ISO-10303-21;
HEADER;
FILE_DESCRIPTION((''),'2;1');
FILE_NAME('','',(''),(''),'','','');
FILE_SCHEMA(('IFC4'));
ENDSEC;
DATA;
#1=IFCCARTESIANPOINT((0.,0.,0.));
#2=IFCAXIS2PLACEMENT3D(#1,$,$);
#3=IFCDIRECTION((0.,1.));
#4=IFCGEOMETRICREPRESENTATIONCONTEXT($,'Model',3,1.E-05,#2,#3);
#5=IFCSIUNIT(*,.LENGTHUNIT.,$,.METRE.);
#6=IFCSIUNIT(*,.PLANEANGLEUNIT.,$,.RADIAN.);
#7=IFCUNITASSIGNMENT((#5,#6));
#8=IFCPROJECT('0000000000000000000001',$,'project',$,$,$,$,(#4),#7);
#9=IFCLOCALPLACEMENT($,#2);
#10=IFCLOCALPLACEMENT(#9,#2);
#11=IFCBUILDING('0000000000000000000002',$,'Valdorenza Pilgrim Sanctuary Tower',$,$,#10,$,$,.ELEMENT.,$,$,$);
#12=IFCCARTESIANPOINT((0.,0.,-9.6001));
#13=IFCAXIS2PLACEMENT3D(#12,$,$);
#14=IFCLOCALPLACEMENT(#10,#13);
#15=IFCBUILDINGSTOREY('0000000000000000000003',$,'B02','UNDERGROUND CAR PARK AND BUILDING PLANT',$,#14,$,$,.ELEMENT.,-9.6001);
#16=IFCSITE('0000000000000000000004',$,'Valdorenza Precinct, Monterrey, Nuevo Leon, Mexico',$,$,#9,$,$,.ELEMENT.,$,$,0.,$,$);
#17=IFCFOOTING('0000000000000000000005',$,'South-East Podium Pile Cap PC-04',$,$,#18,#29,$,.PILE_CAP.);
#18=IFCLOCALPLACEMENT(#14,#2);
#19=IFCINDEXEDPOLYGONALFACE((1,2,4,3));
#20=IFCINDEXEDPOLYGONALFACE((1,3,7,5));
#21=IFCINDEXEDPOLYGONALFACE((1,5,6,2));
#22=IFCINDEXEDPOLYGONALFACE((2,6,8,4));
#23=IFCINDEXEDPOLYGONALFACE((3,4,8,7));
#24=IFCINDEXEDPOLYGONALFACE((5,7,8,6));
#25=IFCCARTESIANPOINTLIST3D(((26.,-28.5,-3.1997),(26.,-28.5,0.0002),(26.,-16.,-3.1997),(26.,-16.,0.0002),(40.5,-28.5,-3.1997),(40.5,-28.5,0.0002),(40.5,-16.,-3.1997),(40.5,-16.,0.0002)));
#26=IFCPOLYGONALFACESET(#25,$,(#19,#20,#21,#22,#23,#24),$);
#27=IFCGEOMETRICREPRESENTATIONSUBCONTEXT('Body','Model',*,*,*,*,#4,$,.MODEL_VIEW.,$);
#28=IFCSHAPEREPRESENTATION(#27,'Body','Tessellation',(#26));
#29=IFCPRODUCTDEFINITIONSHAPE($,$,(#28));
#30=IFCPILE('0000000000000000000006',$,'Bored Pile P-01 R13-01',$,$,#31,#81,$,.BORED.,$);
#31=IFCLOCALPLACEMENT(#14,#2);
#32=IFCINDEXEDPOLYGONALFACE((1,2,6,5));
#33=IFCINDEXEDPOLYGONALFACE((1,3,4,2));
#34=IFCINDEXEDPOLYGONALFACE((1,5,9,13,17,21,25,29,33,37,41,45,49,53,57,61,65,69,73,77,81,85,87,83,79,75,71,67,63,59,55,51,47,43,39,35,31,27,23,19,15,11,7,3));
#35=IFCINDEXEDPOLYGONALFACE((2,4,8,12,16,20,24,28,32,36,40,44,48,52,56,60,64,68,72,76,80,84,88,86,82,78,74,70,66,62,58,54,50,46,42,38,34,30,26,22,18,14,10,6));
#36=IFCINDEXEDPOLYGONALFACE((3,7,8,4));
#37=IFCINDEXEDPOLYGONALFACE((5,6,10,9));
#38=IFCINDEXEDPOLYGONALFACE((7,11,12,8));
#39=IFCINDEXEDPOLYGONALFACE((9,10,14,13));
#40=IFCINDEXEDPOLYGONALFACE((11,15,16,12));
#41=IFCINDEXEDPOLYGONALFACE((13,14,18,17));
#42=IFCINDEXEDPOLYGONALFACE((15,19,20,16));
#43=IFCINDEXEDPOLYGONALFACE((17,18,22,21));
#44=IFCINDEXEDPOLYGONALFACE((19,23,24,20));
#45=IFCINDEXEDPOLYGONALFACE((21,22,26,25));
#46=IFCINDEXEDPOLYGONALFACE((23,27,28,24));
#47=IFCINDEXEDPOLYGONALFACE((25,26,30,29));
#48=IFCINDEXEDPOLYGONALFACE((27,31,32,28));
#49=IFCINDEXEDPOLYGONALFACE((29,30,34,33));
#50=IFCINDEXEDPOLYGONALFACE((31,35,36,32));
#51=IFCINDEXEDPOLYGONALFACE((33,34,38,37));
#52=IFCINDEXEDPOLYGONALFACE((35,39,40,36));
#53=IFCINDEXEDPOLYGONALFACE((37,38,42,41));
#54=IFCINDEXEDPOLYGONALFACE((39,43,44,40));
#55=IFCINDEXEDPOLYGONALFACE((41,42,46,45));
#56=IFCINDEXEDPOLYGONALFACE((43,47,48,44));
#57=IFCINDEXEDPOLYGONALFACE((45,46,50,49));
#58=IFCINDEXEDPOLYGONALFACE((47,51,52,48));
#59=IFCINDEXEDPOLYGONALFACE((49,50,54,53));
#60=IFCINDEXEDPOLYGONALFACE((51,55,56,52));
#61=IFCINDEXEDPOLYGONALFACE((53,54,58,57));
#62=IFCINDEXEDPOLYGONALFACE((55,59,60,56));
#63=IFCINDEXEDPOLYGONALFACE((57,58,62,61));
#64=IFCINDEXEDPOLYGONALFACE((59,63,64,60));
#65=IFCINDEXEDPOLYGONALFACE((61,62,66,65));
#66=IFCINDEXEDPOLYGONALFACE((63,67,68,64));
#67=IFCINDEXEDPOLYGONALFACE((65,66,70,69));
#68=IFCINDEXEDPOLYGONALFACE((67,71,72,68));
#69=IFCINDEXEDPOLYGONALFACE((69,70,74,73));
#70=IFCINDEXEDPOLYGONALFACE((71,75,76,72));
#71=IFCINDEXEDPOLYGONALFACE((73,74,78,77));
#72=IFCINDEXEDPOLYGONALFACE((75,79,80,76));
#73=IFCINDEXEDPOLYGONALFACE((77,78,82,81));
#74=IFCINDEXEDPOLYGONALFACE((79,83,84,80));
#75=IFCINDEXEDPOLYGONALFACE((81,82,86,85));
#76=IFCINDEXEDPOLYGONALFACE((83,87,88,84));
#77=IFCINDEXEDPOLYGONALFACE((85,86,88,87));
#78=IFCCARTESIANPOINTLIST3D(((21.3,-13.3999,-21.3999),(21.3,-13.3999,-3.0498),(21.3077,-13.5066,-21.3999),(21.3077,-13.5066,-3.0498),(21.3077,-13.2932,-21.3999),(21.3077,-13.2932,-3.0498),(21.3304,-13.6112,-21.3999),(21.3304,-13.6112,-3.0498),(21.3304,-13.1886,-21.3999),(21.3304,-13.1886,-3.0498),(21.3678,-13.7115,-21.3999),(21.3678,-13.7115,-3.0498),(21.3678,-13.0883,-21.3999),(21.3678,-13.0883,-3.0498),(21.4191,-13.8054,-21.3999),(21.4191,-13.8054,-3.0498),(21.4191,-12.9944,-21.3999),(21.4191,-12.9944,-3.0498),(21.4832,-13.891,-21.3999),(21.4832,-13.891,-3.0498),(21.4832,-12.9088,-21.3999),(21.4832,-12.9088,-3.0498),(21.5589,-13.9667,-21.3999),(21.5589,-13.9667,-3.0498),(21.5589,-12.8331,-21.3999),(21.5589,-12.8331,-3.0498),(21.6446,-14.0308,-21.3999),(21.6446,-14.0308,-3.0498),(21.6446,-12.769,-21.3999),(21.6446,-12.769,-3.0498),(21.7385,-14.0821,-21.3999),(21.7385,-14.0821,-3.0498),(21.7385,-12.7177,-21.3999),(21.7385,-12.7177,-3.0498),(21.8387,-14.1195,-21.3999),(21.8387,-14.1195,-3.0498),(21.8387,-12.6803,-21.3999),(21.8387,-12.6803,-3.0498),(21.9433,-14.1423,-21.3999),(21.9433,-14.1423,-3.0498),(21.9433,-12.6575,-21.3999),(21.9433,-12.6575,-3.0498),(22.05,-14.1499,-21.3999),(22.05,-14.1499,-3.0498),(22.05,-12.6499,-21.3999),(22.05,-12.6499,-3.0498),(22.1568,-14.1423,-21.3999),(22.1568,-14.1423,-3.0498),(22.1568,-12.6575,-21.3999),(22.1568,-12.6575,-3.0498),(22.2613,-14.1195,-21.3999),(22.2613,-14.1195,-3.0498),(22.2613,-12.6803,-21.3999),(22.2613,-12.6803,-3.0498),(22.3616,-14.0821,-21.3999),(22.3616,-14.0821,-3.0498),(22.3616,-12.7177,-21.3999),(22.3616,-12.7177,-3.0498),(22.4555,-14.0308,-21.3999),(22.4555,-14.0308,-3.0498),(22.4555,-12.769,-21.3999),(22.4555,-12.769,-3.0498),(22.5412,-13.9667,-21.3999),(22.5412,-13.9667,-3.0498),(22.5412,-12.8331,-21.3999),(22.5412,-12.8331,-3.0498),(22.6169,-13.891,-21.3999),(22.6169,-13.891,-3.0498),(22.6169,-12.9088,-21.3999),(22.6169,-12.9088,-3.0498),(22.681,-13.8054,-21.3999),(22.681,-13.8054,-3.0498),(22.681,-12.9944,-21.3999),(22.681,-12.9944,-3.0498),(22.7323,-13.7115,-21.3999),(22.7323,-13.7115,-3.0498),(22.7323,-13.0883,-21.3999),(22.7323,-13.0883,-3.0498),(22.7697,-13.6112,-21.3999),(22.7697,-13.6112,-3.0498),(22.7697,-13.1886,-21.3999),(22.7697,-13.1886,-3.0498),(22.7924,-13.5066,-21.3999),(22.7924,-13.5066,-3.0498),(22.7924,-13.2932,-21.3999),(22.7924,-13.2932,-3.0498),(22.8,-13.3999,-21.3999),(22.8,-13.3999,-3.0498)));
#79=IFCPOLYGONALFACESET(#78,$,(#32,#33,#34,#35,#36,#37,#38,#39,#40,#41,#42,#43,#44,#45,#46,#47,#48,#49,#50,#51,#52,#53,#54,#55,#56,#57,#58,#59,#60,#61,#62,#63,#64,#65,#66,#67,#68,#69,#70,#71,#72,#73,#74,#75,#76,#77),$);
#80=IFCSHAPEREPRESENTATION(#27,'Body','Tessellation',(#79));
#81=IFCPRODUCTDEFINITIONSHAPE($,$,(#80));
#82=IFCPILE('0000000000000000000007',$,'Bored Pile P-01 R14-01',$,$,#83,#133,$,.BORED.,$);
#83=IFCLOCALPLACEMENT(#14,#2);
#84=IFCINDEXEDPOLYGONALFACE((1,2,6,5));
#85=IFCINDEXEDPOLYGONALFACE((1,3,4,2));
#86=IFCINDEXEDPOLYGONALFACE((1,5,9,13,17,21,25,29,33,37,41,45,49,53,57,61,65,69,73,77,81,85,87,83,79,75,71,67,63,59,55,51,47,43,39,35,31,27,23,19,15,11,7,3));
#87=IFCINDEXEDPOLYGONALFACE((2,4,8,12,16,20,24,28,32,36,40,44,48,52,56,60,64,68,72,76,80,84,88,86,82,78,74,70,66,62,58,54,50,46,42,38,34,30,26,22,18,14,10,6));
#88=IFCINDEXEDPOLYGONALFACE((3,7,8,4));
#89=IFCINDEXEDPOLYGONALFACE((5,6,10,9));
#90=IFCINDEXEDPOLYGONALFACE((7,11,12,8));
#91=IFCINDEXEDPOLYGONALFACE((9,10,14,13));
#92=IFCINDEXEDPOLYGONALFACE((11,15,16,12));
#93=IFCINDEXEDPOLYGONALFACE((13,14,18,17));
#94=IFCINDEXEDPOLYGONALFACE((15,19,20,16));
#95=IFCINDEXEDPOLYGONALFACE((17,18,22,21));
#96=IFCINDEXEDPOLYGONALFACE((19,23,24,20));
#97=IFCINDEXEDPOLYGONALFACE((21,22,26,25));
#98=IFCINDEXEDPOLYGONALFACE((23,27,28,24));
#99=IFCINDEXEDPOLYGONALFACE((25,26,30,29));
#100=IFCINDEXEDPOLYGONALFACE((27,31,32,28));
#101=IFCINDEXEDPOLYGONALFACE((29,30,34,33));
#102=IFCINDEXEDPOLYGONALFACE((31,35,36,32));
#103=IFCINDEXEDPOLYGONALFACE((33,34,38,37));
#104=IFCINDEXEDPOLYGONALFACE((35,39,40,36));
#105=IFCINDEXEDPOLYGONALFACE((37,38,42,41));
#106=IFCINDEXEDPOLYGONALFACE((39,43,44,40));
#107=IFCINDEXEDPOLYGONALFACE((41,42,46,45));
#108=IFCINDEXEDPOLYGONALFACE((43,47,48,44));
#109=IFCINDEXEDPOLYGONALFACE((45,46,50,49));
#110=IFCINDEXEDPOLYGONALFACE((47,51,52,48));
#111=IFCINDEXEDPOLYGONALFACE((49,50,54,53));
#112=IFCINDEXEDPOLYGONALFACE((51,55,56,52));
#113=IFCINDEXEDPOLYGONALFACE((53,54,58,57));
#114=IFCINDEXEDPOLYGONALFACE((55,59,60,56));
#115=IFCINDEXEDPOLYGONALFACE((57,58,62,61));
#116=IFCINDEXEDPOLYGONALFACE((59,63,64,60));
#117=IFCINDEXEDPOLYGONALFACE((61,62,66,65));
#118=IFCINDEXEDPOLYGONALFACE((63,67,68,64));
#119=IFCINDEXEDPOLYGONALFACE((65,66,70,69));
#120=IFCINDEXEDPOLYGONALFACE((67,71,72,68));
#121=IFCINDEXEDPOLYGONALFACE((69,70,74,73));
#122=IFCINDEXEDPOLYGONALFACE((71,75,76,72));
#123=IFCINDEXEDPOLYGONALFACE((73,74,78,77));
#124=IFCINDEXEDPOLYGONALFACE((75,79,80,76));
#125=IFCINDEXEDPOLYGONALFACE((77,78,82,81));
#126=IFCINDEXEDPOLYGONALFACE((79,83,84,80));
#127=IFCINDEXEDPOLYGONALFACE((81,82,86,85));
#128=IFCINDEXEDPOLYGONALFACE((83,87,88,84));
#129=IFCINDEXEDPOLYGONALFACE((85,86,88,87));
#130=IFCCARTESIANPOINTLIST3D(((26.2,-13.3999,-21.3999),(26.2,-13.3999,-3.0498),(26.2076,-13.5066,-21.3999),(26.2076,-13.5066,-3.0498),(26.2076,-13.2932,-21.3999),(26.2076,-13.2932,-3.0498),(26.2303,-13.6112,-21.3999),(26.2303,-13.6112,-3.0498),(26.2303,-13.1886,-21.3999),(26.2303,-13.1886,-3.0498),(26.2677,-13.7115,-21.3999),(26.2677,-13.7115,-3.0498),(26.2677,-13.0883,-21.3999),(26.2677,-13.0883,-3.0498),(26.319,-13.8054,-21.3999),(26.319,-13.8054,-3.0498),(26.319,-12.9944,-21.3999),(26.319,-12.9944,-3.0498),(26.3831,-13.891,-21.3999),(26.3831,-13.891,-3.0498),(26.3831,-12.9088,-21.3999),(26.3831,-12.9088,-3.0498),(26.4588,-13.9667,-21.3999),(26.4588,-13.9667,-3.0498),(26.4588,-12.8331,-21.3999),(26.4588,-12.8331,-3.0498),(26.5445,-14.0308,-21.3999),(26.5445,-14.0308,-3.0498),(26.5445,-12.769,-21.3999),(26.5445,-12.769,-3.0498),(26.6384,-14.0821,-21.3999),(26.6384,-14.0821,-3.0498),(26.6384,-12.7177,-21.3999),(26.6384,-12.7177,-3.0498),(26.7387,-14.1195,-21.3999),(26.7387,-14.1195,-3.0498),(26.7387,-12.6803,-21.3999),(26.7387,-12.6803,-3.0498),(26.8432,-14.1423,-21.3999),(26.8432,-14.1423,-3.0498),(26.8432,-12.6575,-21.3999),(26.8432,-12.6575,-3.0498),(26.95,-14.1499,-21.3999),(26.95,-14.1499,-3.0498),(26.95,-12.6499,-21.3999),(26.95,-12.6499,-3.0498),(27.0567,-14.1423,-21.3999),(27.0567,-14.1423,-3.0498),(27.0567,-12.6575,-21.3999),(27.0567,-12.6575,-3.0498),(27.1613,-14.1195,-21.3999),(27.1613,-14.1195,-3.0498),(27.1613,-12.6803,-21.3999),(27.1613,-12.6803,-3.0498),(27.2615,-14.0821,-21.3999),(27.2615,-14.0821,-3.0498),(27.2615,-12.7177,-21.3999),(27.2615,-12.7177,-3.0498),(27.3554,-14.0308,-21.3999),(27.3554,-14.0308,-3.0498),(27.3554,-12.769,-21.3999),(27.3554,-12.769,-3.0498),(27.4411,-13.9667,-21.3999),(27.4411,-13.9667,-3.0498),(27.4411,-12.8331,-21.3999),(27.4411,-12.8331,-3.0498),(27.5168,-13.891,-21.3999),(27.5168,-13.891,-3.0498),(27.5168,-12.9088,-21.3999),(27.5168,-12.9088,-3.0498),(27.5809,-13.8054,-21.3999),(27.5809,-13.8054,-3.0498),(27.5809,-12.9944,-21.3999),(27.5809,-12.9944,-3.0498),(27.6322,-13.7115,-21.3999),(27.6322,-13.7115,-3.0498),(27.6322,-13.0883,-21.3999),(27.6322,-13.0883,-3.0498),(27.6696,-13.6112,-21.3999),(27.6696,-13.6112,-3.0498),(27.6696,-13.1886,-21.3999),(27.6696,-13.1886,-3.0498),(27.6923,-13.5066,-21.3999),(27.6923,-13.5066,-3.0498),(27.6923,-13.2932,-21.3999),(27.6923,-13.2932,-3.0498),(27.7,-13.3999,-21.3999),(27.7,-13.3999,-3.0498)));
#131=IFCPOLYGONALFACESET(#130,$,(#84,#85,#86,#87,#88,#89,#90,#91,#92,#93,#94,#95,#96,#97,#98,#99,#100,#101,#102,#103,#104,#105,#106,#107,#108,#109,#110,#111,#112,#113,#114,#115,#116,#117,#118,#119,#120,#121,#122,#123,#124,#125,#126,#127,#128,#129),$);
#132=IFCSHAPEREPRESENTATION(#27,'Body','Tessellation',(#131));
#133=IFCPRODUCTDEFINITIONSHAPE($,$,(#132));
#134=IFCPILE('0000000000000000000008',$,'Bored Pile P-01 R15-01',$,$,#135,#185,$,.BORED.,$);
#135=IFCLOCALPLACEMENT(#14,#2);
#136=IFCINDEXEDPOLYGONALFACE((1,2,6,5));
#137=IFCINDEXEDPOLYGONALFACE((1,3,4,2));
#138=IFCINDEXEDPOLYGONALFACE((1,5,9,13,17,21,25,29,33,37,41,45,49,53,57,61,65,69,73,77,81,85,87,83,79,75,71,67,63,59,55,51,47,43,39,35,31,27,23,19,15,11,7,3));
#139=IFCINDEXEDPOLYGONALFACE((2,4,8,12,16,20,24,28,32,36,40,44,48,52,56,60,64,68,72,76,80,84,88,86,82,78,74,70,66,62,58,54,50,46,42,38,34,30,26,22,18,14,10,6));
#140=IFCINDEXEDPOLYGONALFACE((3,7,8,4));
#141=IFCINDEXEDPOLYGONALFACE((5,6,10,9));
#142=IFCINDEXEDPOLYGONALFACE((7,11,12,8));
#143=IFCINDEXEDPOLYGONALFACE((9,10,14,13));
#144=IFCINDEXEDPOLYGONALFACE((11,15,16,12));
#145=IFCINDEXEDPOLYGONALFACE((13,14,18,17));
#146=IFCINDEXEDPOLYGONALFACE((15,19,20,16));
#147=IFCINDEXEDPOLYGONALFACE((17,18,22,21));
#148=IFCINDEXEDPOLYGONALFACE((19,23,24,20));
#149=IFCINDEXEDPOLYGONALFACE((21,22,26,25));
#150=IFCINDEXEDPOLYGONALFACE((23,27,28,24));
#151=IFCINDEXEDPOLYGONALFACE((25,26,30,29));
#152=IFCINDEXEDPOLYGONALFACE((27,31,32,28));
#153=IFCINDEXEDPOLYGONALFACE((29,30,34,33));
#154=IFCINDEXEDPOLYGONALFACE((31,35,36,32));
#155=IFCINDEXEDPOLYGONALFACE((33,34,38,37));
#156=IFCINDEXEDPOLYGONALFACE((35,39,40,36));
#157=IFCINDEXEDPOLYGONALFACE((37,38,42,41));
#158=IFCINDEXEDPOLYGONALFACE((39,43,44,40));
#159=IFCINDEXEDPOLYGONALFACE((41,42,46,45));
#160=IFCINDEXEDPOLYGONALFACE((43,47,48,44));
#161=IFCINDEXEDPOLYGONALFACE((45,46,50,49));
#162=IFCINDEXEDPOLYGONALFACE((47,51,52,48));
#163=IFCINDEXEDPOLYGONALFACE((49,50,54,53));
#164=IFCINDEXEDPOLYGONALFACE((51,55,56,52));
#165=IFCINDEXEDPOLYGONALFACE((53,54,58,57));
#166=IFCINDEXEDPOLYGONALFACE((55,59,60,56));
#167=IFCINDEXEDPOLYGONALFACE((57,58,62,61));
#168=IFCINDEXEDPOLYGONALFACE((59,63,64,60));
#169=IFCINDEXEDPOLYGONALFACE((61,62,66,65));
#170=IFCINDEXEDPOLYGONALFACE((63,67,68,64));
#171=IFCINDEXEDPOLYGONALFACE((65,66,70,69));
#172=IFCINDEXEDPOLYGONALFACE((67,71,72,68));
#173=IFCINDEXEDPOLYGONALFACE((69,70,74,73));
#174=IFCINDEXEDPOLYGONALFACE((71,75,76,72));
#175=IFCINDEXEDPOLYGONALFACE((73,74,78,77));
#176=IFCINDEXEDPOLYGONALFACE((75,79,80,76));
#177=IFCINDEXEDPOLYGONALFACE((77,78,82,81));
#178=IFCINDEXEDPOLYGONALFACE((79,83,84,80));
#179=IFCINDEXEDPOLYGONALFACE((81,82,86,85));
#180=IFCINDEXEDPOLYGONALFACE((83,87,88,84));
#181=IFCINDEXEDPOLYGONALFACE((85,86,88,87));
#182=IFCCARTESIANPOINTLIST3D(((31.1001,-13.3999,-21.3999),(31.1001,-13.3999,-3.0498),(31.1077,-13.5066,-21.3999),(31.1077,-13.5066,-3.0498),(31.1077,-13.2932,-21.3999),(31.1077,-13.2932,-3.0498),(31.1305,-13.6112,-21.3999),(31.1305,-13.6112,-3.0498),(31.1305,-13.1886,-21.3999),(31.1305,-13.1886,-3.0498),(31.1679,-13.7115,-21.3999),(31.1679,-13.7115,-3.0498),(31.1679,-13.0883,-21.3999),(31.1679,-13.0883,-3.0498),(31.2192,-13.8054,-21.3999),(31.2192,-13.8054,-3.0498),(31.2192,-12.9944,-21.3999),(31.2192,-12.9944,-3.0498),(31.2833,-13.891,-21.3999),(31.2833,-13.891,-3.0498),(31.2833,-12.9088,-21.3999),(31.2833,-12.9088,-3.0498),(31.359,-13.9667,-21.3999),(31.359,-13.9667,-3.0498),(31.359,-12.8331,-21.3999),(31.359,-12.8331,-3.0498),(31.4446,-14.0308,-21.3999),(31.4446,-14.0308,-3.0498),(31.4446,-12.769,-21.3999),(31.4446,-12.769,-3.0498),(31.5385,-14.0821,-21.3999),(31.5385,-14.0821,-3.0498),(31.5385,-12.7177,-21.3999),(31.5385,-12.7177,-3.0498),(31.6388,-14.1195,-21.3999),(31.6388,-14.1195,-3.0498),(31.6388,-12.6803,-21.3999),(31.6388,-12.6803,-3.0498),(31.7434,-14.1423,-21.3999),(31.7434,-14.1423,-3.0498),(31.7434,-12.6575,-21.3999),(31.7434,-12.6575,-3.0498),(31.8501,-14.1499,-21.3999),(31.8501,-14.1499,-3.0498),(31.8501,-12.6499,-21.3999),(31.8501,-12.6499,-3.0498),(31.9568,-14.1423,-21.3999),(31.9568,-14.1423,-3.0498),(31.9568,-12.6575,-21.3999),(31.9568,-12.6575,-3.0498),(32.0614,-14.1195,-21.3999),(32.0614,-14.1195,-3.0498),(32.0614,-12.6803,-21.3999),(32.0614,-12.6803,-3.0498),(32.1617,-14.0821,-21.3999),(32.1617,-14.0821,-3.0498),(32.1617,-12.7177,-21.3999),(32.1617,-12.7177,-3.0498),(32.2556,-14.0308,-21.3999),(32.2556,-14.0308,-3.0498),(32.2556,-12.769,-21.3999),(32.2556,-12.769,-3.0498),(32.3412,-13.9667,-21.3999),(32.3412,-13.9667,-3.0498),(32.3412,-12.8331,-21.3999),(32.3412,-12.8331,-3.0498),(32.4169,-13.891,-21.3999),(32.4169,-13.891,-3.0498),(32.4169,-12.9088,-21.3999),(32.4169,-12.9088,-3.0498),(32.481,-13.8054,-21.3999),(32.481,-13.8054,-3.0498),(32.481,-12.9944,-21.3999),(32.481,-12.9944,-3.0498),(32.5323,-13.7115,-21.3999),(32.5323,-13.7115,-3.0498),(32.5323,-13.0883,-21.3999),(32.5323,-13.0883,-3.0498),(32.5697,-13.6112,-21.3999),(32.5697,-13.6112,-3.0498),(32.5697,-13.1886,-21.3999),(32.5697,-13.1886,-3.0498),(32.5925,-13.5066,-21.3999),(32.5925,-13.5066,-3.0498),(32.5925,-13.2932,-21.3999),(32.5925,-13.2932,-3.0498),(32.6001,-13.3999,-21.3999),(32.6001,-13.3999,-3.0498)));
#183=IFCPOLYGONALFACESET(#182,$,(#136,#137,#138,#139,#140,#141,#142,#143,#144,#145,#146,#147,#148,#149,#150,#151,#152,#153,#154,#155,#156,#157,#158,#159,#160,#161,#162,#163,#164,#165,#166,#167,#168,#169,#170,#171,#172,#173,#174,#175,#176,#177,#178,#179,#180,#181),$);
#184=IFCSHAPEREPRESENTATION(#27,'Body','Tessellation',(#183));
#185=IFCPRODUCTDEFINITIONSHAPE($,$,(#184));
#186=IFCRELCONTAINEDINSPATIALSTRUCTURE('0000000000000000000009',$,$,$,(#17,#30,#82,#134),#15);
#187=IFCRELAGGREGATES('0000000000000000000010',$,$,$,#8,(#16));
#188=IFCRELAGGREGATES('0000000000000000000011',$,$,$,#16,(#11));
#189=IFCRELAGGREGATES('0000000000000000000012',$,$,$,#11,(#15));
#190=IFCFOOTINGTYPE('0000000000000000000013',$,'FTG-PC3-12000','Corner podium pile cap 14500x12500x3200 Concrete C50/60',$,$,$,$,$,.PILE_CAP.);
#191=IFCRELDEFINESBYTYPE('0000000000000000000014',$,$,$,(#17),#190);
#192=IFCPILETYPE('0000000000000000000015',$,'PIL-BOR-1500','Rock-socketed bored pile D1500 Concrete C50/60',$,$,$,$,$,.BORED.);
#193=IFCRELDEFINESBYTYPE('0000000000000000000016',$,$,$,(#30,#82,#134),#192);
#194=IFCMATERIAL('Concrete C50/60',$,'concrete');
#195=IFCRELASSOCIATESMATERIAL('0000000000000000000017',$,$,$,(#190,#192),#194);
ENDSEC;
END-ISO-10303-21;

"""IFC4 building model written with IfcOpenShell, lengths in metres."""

from ifc_helpers import new_model, si_unit, direction, frame, origin, origin_2d, place, context, subcontext, project, spatial, rectangle, circle, extrude, source, transform, mapped, material, material_profile, profile_set, type_object, element, save


model = new_model("IFC4")

# Units and contexts
model_context = context("Model", 3, precision=1e-05, world=origin(), true_north=direction((0.0, 1.0)))
body_context = subcontext(model_context, "Body", "Model", "MODEL_VIEW")
ifc_project = project(units=[si_unit("LENGTHUNIT", "METRE"), si_unit("PLANEANGLEUNIT", "RADIAN")], contexts=[model_context])

# Site, building, storey
site_placement = place(None, origin())
site = spatial("IfcSite", under=ifc_project, at=site_placement, Name="Valdorenza Precinct, Monterrey, Nuevo Leon, Mexico", CompositionType="ELEMENT", RefElevation=0.0)
building_placement = place(site_placement, origin())
building = spatial("IfcBuilding", under=site, at=building_placement, Name="Valdorenza Pilgrim Sanctuary Tower", CompositionType="ELEMENT")
storey_placement = place(building_placement, frame((0.0, 0.0, -9.6001)))
storey = spatial("IfcBuildingStorey", under=building, at=storey_placement, Name="B02", Description="UNDERGROUND CAR PARK AND BUILDING PLANT", CompositionType="ELEMENT", Elevation=-9.6001)

# Footing
ifc_material_1 = material(Name="Concrete C50/60", Category="concrete")
footing_type = type_object("IfcFootingType", Name="FTG-PC3-12000", Description="Corner podium pile cap 14500x12500x3200 Concrete C50/60", PredefinedType="PILE_CAP", material=ifc_material_1)
shared_shape_1 = source(origin(), body_context, "Body", "SweptSolid", [
    extrude(rectangle(XDim=14.5, YDim=12.5, at=origin_2d()), origin(), (0.0, 0.0, 1.0), 3.2),
])
footing_placement = place(storey_placement, frame((33.25, -22.25, -3.1997), z_axis=(0.0, 0.0, 1.0), x_axis=(1.0, 0.0, 0.0)))
element("IfcFooting", 1, at=footing_placement, inside=storey, type_object=footing_type, Name="South-East Podium Pile Cap PC-04", PredefinedType="PILE_CAP", context=body_context, shape_type="MappedRepresentation", body=[
    mapped(shared_shape_1, transform((0.0, 0.0, 0.0), x_axis=(1.0, 0.0, 0.0), y_axis=(0.0, 1.0, 0.0), z_axis=(0.0, 0.0, 1.0), scale=1.0)),
])

# Piles
ifc_material_profile_1 = material_profile(ifc_material_1, circle(Radius=0.75, at=origin_2d()), Name="BORED PILE 1500")
ifc_profile_set_1 = profile_set([ifc_material_profile_1], Name="Concrete C50/60")
pile_type_1 = type_object("IfcPileType", Name="PIL-BOR-1500", Description="Rock-socketed bored pile D1500 Concrete C50/60", PredefinedType="BORED", material=ifc_profile_set_1)
shared_shape_2 = source(origin(), body_context, "Body", "SweptSolid", [
    extrude(circle(Radius=0.75, at=origin_2d()), origin(), (0.0, 0.0, 1.0), 18.3501),
])
for number, where, z_axis, x_axis, name in (
    (2, (22.05, -13.3999, -3.0498), (0.0, 0.0, -1.0), (1.0, 0.0, 0.0), "Bored Pile P-01 R13-01"),
    (3, (26.95, -13.3999, -3.0498), (0.0, 0.0, -1.0), (1.0, 0.0, 0.0), "Bored Pile P-01 R14-01"),
    (4, (31.8501, -13.3999, -3.0498), (0.0, 0.0, -1.0), (1.0, 0.0, 0.0), "Bored Pile P-01 R15-01"),
):
    element("IfcPile", number, at=place(storey_placement, frame(where, z_axis=z_axis, x_axis=x_axis)), inside=storey, type_object=pile_type_1, Name=name, PredefinedType="BORED", context=body_context, shape_type="MappedRepresentation", body=[
        mapped(shared_shape_2, transform((0.0, 0.0, 0.0), x_axis=(1.0, 0.0, 0.0), y_axis=(0.0, 1.0, 0.0), z_axis=(0.0, 0.0, 1.0), scale=1.0)),
    ])

save(model, "model.ifc")
